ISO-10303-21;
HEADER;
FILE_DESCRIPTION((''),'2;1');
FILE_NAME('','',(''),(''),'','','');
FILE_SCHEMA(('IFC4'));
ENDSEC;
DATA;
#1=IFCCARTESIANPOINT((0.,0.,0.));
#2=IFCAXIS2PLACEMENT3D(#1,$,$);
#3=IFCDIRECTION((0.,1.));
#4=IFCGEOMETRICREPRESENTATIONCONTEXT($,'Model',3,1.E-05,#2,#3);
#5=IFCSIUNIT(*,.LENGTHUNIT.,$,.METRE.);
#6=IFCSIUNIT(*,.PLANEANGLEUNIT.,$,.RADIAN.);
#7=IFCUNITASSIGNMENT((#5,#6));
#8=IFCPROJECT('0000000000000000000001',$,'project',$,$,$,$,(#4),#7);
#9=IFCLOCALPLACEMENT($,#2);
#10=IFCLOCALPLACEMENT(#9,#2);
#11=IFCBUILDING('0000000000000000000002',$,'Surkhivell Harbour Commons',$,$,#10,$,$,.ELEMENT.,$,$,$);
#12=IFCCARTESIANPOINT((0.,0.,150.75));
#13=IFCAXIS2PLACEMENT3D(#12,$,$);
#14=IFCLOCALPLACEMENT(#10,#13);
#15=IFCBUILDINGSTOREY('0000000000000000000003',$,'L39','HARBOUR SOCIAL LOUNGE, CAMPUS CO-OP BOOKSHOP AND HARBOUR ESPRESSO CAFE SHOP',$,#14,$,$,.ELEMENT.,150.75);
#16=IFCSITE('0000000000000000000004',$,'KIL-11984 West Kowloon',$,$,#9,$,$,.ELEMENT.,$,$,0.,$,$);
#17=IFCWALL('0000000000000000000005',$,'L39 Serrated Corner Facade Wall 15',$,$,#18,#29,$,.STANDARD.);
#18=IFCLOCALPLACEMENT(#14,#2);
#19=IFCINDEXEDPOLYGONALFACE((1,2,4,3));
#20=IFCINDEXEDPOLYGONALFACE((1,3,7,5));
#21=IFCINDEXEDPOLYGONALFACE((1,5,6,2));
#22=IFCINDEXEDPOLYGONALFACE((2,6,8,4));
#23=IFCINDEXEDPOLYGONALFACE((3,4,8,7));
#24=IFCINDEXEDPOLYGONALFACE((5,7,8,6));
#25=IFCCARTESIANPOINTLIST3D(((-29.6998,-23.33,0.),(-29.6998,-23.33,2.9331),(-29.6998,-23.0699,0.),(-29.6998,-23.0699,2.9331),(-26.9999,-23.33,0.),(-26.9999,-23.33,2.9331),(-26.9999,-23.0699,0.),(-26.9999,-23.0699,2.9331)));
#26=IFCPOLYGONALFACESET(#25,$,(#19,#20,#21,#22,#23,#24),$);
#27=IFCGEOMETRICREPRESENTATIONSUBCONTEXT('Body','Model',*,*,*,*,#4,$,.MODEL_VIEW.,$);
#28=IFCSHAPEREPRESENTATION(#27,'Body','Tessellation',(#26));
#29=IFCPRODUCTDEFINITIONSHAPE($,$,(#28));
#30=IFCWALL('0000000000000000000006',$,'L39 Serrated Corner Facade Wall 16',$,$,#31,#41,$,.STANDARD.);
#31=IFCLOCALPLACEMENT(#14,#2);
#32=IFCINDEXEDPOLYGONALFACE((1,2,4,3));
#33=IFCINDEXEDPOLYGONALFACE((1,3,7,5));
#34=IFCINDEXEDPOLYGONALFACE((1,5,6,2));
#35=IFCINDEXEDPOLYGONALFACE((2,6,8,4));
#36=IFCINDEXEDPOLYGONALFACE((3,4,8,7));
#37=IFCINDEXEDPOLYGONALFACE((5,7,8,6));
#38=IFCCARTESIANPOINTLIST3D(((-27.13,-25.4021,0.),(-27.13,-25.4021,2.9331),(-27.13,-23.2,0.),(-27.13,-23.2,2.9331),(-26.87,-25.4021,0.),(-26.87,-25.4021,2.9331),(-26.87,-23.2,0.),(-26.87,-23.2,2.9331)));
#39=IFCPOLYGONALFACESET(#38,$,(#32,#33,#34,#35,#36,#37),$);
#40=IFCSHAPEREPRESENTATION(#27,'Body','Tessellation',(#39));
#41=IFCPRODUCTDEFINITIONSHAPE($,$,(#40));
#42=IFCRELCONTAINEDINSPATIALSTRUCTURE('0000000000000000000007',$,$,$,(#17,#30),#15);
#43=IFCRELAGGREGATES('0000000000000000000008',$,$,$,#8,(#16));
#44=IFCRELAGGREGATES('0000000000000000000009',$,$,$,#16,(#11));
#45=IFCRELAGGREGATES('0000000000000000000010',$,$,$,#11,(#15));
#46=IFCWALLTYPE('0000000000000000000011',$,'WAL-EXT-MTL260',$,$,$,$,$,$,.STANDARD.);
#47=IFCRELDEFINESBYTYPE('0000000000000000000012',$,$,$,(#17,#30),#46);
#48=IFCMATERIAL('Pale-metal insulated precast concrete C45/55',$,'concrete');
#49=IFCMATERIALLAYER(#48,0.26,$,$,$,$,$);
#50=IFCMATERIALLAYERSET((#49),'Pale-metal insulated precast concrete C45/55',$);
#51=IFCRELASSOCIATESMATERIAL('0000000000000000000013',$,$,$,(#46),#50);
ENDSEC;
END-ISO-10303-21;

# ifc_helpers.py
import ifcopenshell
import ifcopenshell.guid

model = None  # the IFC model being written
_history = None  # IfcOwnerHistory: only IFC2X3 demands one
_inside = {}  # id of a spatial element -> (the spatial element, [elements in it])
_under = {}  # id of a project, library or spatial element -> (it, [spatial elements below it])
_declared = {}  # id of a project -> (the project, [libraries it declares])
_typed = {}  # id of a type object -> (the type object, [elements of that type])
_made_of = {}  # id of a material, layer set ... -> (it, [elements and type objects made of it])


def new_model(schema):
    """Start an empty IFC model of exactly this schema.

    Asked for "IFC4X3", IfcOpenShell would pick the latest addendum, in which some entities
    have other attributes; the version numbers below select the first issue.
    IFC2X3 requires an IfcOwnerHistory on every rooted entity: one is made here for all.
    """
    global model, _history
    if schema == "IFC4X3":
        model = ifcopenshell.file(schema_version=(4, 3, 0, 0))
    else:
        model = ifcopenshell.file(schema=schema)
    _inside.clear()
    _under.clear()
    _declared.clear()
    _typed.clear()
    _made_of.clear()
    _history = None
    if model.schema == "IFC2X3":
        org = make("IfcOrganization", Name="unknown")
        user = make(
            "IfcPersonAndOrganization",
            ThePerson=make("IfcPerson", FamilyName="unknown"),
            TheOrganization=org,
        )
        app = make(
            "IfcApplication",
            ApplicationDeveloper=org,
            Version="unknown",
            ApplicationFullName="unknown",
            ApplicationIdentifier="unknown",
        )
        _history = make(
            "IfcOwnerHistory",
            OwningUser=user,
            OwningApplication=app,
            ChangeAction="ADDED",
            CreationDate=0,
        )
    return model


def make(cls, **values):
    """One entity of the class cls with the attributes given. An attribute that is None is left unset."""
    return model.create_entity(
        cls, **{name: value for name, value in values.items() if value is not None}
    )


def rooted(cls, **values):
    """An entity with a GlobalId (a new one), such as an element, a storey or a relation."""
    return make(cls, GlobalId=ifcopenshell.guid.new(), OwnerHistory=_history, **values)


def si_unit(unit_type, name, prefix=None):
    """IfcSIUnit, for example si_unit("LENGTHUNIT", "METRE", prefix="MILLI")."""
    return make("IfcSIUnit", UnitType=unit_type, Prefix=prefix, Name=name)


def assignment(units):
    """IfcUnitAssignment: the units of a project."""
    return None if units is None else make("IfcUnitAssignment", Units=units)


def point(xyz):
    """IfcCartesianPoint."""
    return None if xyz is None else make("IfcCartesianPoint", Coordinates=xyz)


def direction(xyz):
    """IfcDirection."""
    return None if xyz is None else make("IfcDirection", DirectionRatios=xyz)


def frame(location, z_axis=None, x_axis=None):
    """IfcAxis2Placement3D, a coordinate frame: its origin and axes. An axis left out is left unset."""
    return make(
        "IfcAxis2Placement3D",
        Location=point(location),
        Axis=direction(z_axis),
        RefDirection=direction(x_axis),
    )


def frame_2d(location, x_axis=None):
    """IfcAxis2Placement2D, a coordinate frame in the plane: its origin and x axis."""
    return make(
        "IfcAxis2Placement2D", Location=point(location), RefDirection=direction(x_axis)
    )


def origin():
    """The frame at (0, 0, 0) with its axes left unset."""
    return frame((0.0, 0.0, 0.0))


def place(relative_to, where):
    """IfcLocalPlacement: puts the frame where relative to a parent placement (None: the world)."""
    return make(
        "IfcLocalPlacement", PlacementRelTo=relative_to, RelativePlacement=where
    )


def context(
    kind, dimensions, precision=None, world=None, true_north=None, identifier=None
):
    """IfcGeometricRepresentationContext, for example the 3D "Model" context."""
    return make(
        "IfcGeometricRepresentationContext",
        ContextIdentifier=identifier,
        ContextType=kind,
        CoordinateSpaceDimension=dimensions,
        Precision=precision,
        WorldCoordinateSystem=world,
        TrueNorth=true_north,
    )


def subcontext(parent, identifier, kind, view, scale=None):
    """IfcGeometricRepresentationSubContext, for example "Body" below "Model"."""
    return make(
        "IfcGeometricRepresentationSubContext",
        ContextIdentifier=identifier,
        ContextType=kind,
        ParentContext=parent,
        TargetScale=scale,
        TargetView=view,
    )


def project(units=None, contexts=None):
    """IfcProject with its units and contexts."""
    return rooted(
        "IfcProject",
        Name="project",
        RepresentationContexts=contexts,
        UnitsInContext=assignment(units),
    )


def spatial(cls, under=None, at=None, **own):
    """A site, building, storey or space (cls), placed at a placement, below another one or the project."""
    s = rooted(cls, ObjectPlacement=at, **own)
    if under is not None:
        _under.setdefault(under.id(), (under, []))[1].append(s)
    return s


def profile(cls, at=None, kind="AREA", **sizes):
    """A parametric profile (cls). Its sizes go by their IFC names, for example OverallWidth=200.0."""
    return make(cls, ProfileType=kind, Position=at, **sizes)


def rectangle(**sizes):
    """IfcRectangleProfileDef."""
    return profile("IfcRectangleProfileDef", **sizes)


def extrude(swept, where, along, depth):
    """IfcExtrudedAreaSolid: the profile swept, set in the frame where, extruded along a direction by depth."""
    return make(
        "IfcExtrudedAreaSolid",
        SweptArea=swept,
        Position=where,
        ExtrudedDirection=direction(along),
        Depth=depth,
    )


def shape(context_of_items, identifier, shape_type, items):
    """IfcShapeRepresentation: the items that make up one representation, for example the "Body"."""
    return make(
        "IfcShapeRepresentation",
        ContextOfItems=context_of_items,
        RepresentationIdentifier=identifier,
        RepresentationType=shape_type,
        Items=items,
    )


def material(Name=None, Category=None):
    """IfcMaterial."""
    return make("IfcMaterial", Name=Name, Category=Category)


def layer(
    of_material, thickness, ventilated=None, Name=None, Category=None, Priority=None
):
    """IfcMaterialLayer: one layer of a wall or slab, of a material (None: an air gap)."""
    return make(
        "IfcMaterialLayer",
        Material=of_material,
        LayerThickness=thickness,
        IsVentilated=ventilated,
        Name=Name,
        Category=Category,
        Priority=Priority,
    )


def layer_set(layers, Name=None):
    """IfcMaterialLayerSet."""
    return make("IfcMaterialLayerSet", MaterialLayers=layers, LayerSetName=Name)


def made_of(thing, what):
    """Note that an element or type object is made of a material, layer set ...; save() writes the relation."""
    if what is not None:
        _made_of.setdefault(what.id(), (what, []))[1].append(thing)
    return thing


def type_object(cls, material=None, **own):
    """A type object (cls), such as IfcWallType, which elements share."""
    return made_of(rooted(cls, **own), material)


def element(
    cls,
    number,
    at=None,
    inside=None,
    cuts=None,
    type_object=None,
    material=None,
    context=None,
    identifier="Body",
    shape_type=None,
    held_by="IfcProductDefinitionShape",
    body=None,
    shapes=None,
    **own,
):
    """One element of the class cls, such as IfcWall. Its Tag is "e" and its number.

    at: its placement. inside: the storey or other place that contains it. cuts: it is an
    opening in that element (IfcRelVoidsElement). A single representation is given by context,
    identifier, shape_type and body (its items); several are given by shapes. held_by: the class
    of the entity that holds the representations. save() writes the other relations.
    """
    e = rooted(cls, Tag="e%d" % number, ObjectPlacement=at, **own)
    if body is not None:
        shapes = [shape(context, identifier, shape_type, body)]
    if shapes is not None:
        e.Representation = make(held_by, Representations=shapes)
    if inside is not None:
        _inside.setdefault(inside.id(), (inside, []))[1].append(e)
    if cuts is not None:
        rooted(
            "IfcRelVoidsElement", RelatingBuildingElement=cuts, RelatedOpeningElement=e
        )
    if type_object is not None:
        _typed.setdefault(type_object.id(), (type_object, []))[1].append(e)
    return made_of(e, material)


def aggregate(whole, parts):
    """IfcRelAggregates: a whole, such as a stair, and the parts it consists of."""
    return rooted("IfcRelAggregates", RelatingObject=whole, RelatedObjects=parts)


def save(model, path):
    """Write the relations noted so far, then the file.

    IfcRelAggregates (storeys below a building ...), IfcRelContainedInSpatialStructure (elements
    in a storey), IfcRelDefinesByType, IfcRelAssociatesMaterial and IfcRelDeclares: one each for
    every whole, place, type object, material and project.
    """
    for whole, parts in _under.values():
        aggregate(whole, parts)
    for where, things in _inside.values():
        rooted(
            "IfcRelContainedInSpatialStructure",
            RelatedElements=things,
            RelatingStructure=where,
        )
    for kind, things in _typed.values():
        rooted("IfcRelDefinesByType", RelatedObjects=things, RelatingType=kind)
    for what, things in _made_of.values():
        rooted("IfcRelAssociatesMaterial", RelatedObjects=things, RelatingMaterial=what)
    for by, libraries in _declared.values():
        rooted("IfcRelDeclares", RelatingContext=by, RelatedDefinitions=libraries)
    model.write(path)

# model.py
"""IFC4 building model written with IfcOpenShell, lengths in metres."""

from ifc_helpers import new_model, si_unit, direction, frame, frame_2d, origin, place, context, subcontext, project, spatial, rectangle, extrude, material, layer, layer_set, type_object, element, save


model = new_model("IFC4")

# Units and contexts
model_context = context("Model", 3, precision=1e-05, world=origin(), true_north=direction((0.0, 1.0)))
body_context = subcontext(model_context, "Body", "Model", "MODEL_VIEW")
ifc_project = project(units=[si_unit("LENGTHUNIT", "METRE"), si_unit("PLANEANGLEUNIT", "RADIAN")], contexts=[model_context])

# Site, building, storey
site_placement = place(None, origin())
site = spatial("IfcSite", under=ifc_project, at=site_placement, Name="KIL-11984 West Kowloon", CompositionType="ELEMENT", RefElevation=0.0)
building_placement = place(site_placement, origin())
building = spatial("IfcBuilding", under=site, at=building_placement, Name="Surkhivell Harbour Commons", CompositionType="ELEMENT")
storey_placement = place(building_placement, frame((0.0, 0.0, 150.75)))
storey = spatial("IfcBuildingStorey", under=building, at=storey_placement, Name="L39", Description="HARBOUR SOCIAL LOUNGE, CAMPUS CO-OP BOOKSHOP AND HARBOUR ESPRESSO CAFE SHOP", CompositionType="ELEMENT", Elevation=150.75)

# Walls
ifc_material_1 = material(Name="Pale-metal insulated precast concrete C45/55", Category="concrete")
ifc_layer_1 = layer(ifc_material_1, 0.26)
ifc_layer_set_1 = layer_set([ifc_layer_1], Name="Pale-metal insulated precast concrete C45/55")
wall_type = type_object("IfcWallType", Name="WAL-EXT-MTL260", PredefinedType="STANDARD", material=ifc_layer_set_1)
for number, where, z_axis, x_axis, name in (
    (1, (-29.7, -23.2, 0.0), (0.0, 0.0, 1.0), (1.0, 0.0, 0.0), "L39 Serrated Corner Facade Wall 15"),
):
    element("IfcWall", number, at=place(storey_placement, frame(where, z_axis=z_axis, x_axis=x_axis)), inside=storey, type_object=wall_type, Name=name, PredefinedType="STANDARD", context=body_context, shape_type="SweptSolid", body=[
        extrude(rectangle(XDim=2.7, YDim=0.26, at=frame_2d((1.3501, 0.0))), origin(), (0.0, 0.0, 1.0), 2.9331),
    ])
wall_1_placement = place(storey_placement, frame((-27.0, -23.2, 0.0), z_axis=(0.0, 0.0, 1.0), x_axis=(0.0, -1.0, 0.0)))
element("IfcWall", 2, at=wall_1_placement, inside=storey, type_object=wall_type, Name="L39 Serrated Corner Facade Wall 16", PredefinedType="STANDARD", context=body_context, shape_type="SweptSolid", body=[
    extrude(rectangle(XDim=2.2021, YDim=0.26, at=frame_2d((1.1011, 0.0))), origin(), (0.0, 0.0, 1.0), 2.9331),
])

save(model, "model.ifc")
